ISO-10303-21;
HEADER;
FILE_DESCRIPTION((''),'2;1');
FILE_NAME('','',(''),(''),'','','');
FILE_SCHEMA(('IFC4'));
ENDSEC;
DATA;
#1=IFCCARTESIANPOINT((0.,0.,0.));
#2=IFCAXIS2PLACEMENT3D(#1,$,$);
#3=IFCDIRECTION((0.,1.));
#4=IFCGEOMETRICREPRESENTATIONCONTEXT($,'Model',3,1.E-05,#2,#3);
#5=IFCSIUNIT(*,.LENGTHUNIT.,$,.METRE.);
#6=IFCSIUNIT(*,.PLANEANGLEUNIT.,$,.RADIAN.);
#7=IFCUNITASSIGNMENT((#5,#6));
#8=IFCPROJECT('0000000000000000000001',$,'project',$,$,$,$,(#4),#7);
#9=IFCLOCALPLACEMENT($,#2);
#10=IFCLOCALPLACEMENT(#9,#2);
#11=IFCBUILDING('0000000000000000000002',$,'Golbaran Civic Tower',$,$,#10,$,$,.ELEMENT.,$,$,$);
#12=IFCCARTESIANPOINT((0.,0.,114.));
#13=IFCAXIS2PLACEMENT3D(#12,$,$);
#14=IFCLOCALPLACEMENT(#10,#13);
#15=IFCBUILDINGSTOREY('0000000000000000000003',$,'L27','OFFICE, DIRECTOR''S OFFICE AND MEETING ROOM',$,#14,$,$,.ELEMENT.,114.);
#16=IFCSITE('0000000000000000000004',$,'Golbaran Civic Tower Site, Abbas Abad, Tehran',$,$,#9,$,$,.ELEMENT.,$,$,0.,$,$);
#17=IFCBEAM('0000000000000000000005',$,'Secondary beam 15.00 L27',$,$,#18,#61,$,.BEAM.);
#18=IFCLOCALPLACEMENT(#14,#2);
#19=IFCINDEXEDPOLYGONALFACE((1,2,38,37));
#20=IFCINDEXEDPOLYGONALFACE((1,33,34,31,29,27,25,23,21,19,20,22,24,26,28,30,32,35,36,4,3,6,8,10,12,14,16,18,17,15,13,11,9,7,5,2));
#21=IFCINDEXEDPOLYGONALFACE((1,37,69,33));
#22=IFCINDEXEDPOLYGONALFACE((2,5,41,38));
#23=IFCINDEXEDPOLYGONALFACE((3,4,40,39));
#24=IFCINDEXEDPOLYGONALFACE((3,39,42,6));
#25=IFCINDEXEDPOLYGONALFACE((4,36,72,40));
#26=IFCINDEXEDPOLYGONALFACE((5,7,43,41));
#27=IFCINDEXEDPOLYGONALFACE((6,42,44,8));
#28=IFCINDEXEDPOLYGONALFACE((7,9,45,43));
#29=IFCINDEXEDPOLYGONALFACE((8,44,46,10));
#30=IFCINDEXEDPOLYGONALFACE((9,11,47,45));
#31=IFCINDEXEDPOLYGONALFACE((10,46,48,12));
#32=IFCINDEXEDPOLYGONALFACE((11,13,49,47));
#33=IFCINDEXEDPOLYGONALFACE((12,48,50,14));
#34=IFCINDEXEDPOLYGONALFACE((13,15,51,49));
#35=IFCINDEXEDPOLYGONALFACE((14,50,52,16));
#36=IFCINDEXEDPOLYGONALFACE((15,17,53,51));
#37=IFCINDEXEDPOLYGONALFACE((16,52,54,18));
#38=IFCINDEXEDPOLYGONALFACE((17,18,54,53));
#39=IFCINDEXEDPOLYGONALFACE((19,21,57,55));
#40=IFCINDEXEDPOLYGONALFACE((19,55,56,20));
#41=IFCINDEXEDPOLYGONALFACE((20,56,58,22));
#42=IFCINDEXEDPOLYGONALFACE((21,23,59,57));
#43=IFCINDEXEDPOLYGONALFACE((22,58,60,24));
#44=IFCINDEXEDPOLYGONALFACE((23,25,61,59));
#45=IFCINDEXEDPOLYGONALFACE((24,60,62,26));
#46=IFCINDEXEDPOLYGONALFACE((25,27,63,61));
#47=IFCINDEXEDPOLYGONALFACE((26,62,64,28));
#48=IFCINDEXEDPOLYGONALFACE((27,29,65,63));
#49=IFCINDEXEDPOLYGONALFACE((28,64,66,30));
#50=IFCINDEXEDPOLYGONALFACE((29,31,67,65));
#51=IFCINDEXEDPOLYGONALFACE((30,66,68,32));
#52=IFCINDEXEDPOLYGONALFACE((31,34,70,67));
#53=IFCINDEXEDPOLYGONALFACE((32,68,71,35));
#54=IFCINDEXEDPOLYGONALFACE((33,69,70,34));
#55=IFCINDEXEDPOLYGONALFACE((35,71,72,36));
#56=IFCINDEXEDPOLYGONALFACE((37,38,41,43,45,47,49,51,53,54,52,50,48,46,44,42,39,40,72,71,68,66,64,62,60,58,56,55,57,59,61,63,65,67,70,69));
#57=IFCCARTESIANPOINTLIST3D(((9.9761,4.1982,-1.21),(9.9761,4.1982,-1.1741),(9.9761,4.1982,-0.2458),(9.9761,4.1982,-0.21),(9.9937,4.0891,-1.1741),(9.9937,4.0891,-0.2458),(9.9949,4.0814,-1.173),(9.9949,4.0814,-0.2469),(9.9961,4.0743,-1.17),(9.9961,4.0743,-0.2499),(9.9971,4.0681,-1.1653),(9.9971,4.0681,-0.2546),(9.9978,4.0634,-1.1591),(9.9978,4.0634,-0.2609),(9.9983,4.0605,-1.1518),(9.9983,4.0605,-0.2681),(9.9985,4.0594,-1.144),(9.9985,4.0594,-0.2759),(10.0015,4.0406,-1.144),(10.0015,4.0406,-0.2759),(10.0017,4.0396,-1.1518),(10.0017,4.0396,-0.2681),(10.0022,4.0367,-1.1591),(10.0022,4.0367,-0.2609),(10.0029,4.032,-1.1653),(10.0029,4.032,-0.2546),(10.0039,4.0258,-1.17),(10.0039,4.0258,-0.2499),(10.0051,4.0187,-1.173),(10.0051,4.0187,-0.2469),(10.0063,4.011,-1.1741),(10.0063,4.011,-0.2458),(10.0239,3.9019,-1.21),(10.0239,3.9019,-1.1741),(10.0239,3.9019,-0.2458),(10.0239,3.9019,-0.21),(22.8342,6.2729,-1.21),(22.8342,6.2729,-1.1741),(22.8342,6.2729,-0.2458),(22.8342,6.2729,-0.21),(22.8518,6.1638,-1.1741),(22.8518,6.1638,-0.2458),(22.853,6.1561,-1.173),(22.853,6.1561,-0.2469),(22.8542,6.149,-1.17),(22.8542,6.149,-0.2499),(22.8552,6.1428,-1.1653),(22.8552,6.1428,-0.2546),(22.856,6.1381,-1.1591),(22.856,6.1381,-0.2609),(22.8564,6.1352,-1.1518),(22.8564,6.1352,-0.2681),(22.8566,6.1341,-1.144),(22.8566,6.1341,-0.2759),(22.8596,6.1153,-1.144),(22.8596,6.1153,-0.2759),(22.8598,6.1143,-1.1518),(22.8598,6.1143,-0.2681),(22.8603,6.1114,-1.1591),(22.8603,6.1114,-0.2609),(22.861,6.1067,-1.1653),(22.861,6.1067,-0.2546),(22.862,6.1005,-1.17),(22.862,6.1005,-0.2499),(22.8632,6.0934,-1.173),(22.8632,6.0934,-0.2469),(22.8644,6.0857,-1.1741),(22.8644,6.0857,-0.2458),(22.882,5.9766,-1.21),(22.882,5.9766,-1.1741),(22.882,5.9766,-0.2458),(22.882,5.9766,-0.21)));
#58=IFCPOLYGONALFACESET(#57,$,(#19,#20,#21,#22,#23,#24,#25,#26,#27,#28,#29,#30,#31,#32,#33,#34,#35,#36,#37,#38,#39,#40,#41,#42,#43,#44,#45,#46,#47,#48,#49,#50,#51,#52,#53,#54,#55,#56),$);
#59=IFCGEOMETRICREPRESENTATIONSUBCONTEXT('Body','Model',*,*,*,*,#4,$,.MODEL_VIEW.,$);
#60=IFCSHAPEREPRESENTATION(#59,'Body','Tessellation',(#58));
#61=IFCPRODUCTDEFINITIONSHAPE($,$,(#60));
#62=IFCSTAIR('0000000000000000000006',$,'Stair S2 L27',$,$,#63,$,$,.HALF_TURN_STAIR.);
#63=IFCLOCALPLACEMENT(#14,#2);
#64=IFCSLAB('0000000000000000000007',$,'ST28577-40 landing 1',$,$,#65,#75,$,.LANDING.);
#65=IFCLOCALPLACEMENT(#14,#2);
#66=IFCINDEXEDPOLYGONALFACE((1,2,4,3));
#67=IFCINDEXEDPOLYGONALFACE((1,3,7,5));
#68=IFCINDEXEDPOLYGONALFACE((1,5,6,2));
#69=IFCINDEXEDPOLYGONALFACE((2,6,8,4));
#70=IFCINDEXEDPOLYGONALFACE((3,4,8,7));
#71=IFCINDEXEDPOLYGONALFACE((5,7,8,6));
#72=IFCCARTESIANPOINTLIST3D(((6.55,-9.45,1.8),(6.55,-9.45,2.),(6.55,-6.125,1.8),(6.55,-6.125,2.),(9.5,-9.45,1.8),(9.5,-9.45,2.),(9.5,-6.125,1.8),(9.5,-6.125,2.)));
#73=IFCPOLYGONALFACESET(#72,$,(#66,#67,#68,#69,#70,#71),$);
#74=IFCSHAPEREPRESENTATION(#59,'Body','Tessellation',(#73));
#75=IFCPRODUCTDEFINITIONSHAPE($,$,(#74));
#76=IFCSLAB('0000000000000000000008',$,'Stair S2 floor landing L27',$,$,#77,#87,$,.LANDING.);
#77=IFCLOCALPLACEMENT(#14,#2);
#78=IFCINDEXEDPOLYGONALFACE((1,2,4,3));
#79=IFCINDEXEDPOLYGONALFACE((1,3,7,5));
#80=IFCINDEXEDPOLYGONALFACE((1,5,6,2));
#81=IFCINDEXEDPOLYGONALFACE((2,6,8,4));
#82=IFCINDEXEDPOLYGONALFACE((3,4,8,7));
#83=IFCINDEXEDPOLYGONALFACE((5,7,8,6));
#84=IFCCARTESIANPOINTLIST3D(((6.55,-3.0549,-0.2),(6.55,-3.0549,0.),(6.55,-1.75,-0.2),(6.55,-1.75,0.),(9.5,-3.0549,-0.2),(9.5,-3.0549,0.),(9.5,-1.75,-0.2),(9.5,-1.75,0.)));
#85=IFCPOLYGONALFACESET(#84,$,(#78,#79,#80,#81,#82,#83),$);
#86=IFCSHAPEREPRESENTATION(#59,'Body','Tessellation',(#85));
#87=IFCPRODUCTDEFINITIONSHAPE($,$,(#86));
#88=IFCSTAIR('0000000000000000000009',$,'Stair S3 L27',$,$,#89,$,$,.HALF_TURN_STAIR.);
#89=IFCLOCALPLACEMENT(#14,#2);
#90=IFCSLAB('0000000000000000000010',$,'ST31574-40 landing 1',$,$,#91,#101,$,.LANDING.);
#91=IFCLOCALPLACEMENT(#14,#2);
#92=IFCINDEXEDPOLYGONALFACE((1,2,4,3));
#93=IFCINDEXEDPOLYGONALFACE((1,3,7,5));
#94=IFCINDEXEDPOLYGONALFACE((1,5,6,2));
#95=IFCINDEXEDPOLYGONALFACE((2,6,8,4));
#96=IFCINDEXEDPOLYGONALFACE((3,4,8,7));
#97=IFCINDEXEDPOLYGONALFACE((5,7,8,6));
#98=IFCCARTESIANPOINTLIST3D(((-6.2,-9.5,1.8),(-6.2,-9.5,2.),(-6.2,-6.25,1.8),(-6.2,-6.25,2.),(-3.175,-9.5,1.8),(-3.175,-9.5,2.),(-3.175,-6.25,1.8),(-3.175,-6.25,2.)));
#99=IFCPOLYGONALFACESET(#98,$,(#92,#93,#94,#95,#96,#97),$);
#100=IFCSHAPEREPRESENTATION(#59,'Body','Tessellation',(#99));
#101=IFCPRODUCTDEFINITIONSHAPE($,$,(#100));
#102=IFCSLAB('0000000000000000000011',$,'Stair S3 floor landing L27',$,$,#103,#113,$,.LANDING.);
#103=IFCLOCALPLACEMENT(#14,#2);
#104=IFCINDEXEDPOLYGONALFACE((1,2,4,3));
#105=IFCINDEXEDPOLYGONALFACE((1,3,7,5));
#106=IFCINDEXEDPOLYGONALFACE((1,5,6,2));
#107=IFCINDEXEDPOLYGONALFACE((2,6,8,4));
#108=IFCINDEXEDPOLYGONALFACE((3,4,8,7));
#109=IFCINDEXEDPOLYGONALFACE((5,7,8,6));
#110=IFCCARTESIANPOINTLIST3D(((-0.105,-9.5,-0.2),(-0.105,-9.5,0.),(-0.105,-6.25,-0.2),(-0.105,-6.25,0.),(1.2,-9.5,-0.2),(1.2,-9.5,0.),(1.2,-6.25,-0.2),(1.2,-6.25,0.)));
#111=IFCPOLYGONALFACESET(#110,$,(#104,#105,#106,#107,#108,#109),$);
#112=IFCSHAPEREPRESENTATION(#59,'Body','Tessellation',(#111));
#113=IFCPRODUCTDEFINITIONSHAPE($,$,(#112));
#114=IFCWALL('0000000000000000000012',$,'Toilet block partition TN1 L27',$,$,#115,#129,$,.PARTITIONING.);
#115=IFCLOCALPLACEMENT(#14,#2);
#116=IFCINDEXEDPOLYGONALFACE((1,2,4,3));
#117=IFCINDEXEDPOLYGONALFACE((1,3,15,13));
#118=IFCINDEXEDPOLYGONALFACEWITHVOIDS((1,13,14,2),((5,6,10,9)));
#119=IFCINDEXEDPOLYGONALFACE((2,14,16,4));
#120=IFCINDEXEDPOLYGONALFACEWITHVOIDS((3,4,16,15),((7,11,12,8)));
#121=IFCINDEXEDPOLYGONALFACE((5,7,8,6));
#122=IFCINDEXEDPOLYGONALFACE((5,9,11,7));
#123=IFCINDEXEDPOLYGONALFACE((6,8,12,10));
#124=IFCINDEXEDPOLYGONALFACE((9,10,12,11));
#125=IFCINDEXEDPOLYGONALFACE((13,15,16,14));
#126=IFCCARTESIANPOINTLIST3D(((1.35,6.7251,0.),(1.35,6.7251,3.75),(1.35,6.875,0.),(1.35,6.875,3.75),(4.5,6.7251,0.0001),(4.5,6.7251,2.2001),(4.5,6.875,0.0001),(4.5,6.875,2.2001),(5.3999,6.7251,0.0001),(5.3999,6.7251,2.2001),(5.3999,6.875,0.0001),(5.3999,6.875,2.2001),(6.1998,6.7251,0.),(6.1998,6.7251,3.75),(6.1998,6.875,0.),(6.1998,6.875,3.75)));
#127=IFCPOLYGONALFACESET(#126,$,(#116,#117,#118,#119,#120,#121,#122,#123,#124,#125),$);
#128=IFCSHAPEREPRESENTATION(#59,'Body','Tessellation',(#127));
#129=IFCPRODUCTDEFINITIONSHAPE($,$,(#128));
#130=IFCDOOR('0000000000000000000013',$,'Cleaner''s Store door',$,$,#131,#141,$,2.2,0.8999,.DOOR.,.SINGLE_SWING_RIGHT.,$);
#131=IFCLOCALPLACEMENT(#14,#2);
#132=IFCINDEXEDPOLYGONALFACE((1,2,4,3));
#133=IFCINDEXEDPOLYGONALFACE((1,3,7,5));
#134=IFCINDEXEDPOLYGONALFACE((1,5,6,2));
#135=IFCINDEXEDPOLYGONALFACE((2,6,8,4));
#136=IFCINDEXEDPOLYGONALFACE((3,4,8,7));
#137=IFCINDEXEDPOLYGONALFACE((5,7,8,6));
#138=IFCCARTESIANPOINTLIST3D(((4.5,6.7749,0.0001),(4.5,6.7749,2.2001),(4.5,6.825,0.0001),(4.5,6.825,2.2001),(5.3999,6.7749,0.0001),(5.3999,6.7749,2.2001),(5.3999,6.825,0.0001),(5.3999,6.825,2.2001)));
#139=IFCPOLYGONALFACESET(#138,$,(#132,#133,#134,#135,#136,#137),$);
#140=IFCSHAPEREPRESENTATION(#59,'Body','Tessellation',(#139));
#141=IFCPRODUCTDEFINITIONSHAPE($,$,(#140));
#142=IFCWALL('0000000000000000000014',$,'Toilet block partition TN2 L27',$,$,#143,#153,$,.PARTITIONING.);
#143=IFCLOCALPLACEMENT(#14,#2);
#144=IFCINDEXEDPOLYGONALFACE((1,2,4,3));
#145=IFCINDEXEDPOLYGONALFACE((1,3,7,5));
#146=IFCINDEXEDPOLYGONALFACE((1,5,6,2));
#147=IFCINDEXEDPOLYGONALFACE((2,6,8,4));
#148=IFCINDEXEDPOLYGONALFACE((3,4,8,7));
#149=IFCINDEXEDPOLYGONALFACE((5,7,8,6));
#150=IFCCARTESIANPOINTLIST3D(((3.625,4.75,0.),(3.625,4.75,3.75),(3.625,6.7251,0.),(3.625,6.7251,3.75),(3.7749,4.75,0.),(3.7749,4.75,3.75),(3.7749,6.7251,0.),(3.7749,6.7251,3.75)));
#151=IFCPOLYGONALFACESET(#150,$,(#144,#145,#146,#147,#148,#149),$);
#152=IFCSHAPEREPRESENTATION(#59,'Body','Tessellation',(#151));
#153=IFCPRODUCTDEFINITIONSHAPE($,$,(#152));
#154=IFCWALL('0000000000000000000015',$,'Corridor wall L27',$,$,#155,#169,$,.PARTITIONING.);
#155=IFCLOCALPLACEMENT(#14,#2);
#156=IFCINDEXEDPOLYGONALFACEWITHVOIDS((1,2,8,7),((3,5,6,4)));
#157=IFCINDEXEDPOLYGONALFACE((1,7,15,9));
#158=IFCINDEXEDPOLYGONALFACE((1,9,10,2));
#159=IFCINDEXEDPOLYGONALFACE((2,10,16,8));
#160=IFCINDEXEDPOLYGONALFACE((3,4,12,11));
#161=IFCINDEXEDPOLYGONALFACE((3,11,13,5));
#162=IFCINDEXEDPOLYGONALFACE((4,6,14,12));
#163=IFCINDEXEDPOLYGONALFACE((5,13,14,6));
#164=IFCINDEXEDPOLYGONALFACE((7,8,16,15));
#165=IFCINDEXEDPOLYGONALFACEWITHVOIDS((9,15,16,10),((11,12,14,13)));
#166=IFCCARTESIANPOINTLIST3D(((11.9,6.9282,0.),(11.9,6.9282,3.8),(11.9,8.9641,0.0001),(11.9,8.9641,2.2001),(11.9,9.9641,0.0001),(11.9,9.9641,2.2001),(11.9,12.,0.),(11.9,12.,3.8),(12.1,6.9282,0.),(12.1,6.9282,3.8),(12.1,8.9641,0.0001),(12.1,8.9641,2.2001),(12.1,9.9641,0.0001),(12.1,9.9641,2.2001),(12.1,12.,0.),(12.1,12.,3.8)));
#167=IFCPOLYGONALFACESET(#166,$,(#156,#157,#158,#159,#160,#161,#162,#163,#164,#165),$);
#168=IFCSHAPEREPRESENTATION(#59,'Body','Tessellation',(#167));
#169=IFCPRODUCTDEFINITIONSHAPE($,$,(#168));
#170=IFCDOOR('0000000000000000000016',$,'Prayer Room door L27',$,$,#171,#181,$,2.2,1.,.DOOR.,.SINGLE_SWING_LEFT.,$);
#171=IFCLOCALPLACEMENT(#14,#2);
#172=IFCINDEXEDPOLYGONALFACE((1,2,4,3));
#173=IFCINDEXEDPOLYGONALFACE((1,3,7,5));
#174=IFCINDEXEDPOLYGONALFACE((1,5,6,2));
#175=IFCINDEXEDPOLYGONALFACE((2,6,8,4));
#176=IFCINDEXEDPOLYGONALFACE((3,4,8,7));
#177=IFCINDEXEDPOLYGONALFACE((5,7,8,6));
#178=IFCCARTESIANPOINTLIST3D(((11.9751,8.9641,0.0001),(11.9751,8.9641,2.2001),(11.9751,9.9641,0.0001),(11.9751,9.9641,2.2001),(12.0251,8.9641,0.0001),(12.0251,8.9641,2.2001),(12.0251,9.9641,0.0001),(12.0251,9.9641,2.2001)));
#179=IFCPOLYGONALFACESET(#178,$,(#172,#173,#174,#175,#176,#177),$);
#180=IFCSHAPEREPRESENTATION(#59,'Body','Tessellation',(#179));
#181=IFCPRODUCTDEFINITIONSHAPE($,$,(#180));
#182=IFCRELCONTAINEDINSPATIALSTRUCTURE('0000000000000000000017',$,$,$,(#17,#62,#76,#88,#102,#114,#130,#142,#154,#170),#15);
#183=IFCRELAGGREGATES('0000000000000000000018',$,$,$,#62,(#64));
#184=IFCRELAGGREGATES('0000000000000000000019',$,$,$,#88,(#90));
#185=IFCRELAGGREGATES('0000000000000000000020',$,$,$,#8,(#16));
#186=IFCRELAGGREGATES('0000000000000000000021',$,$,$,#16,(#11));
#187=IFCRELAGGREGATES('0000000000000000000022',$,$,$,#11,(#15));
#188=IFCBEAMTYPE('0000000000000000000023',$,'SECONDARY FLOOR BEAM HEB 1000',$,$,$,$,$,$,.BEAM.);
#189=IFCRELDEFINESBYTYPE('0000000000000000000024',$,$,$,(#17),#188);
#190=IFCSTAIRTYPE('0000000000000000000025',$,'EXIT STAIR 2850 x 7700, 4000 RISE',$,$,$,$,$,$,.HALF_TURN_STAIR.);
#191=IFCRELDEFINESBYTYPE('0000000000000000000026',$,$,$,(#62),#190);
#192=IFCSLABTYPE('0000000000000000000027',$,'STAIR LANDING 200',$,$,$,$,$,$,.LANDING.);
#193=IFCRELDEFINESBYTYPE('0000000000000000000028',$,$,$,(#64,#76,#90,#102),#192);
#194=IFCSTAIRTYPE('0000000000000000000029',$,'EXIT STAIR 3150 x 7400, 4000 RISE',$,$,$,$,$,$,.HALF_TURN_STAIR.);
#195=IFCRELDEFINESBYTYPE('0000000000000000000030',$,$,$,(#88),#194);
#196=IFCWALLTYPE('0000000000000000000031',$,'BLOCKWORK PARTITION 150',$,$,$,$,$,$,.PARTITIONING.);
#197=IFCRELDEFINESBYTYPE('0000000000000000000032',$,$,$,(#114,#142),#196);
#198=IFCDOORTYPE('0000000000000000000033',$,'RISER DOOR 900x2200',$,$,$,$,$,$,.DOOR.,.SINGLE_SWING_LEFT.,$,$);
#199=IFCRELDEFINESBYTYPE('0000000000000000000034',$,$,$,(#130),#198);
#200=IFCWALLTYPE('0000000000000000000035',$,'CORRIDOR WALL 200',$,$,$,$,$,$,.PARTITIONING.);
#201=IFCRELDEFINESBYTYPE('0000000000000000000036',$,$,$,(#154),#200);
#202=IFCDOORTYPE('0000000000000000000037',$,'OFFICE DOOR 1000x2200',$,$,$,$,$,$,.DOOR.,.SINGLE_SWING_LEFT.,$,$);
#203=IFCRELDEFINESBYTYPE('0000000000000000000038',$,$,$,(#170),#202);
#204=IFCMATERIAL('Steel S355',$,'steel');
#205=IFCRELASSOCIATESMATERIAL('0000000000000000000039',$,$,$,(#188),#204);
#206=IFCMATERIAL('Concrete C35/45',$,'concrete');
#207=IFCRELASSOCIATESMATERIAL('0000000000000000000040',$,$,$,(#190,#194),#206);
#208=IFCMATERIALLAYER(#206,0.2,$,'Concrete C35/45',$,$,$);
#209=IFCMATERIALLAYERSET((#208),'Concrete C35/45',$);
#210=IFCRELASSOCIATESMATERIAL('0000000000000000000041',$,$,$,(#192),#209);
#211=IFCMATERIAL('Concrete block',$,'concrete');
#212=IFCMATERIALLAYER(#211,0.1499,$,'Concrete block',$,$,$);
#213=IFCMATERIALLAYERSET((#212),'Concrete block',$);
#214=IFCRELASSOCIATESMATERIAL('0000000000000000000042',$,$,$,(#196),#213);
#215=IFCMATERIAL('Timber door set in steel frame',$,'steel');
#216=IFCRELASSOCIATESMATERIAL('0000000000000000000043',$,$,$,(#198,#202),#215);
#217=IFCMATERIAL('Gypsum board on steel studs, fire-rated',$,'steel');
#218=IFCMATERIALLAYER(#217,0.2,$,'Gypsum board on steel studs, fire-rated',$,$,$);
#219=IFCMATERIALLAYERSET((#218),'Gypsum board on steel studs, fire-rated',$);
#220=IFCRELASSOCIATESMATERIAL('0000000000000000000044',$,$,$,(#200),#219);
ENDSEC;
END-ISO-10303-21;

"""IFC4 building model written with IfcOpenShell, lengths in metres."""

from ifc_helpers import new_model, si_unit, direction, frame, frame_2d, origin, origin_2d, place, context, subcontext, project, spatial, polyline, rectangle, i_section, outline, extrude, material, layer, layer_set, material_profile, profile_set, type_object, element, fill, aggregate, save


model = new_model("IFC4")

# Units and contexts
model_context = context("Model", 3, precision=1e-05, world=origin(), true_north=direction((0.0, 1.0)))
body_context = subcontext(model_context, "Body", "Model", "MODEL_VIEW")
ifc_project = project(units=[si_unit("LENGTHUNIT", "METRE"), si_unit("PLANEANGLEUNIT", "RADIAN")], contexts=[model_context])

# Site, building, storey
site_placement = place(None, origin())
site = spatial("IfcSite", under=ifc_project, at=site_placement, Name="Golbaran Civic Tower Site, Abbas Abad, Tehran", CompositionType="ELEMENT", RefElevation=0.0)
building_placement = place(site_placement, origin())
building = spatial("IfcBuilding", under=site, at=building_placement, Name="Golbaran Civic Tower", CompositionType="ELEMENT")
storey_placement = place(building_placement, frame((0.0, 0.0, 114.0)))
storey = spatial("IfcBuildingStorey", under=building, at=storey_placement, Name="L27", Description="OFFICE, DIRECTOR'S OFFICE AND MEETING ROOM", CompositionType="ELEMENT", Elevation=114.0)

# Beam
ifc_material_1 = material(Name="Steel S355", Category="steel")
ifc_material_profile_1 = material_profile(ifc_material_1, i_section(OverallWidth=0.3, OverallDepth=1.0, WebThickness=0.019, FlangeThickness=0.0359, FilletRadius=0.03, at=origin_2d()), Name="HEB 1000")
ifc_profile_set_1 = profile_set([ifc_material_profile_1], Name="Steel S355")
beam_type_1 = type_object("IfcBeamType", Name="SECONDARY FLOOR BEAM HEB 1000", PredefinedType="BEAM", material=ifc_profile_set_1)
beam_1_placement = place(storey_placement, frame((10.0, 4.05, -0.71), z_axis=(0.987231, 0.159293, 0.0), x_axis=(-0.159293, 0.987231, 0.0)))
element("IfcBeam", 1, at=beam_1_placement, inside=storey, type_object=beam_type_1, Name="Secondary beam 15.00 L27", PredefinedType="BEAM", context=body_context, shape_type="SweptSolid", body=[
    extrude(i_section(OverallWidth=0.3, OverallDepth=1.0, WebThickness=0.019, FlangeThickness=0.0359, FilletRadius=0.03, at=origin_2d()), origin(), (0.0, 0.0, 1.0), 13.0244),
])

# Stair, slab
ifc_material_2 = material(Name="Concrete C35/45", Category="concrete")
stair_type_1 = type_object("IfcStairType", Name="EXIT STAIR 2850 x 7700, 4000 RISE", PredefinedType="HALF_TURN_STAIR", material=ifc_material_2)
stair_1_placement = place(storey_placement, origin())
stair_1 = element("IfcStair", 2, at=stair_1_placement, inside=storey, type_object=stair_type_1, Name="Stair S2 L27", PredefinedType="HALF_TURN_STAIR")
ifc_layer_1 = layer(ifc_material_2, 0.2, Name="Concrete C35/45")
ifc_layer_set_1 = layer_set([ifc_layer_1], Name="Concrete C35/45")
slab_type = type_object("IfcSlabType", Name="STAIR LANDING 200", PredefinedType="LANDING", material=ifc_layer_set_1)
slab_1_placement = place(storey_placement, frame((0.0, 0.0, 1.8)))
slab_1 = element("IfcSlab", 3, at=slab_1_placement, type_object=slab_type, Name="ST28577-40 landing 1", PredefinedType="LANDING", context=body_context, shape_type="SweptSolid", body=[
    extrude(outline(polyline([(9.5, -6.125), (9.5, -9.45), (6.55, -9.45), (6.55, -6.125), (9.5, -6.125)])), origin(), (0.0, 0.0, 1.0), 0.2),
])
aggregate(stair_1, [slab_1])

# Slab
slab_2_placement = place(storey_placement, frame((0.0, 0.0, -0.2)))
element("IfcSlab", 4, at=slab_2_placement, inside=storey, type_object=slab_type, Name="Stair S2 floor landing L27", PredefinedType="LANDING", context=body_context, shape_type="SweptSolid", body=[
    extrude(outline(polyline([(9.5, -1.75), (9.5, -3.0549), (6.55, -3.0549), (6.55, -1.75), (9.5, -1.75)])), origin(), (0.0, 0.0, 1.0), 0.2),
])

# Stair, slab
stair_type_2 = type_object("IfcStairType", Name="EXIT STAIR 3150 x 7400, 4000 RISE", PredefinedType="HALF_TURN_STAIR", material=ifc_material_2)
stair_2_placement = place(storey_placement, origin())
stair_2 = element("IfcStair", 5, at=stair_2_placement, inside=storey, type_object=stair_type_2, Name="Stair S3 L27", PredefinedType="HALF_TURN_STAIR")
slab_3_placement = place(storey_placement, frame((0.0, 0.0, 1.8)))
slab_3 = element("IfcSlab", 6, at=slab_3_placement, type_object=slab_type, Name="ST31574-40 landing 1", PredefinedType="LANDING", context=body_context, shape_type="SweptSolid", body=[
    extrude(outline(polyline([(-3.175, -9.5), (-6.2, -9.5), (-6.2, -6.25), (-3.175, -6.25), (-3.175, -9.5)])), origin(), (0.0, 0.0, 1.0), 0.2),
])
aggregate(stair_2, [slab_3])

# Slab
slab_4_placement = place(storey_placement, frame((0.0, 0.0, -0.2)))
element("IfcSlab", 7, at=slab_4_placement, inside=storey, type_object=slab_type, Name="Stair S3 floor landing L27", PredefinedType="LANDING", context=body_context, shape_type="SweptSolid", body=[
    extrude(outline(polyline([(1.2, -9.5), (-0.105, -9.5), (-0.105, -6.25), (1.2, -6.25), (1.2, -9.5)])), origin(), (0.0, 0.0, 1.0), 0.2),
])

# Wall, opening, door
ifc_material_3 = material(Name="Concrete block", Category="concrete")
ifc_layer_2 = layer(ifc_material_3, 0.1499, Name="Concrete block")
ifc_layer_set_2 = layer_set([ifc_layer_2], Name="Concrete block")
wall_type_1 = type_object("IfcWallType", Name="BLOCKWORK PARTITION 150", PredefinedType="PARTITIONING", material=ifc_layer_set_2)
wall_1_placement = place(storey_placement, frame((1.3501, 6.8, 0.0), z_axis=(0.0, 0.0, 1.0), x_axis=(1.0, 0.0, 0.0)))
wall_1 = element("IfcWall", 8, at=wall_1_placement, inside=storey, type_object=wall_type_1, Name="Toilet block partition TN1 L27", PredefinedType="PARTITIONING", context=body_context, shape_type="SweptSolid", body=[
    extrude(rectangle(XDim=4.8499, YDim=0.1499, at=frame_2d((2.4248, 0.0))), origin(), (0.0, 0.0, 1.0), 3.75),
])
opening_1_placement = place(wall_1_placement, frame((3.1499, 0.0, 0.0)))
opening_1 = element("IfcOpeningElement", 9, at=opening_1_placement, cuts=wall_1, PredefinedType="OPENING", context=body_context, shape_type="SweptSolid", body=[
    extrude(rectangle(XDim=0.8999, YDim=2.2, at=frame_2d((0.45, 1.1001))), frame((0.0, 0.085, 0.0), z_axis=(0.0, -1.0, 0.0), x_axis=(1.0, 0.0, 0.0)), (0.0, 0.0, 1.0), 0.1699),
])
ifc_material_4 = material(Name="Timber door set in steel frame", Category="steel")
door_type_1 = type_object("IfcDoorType", Name="RISER DOOR 900x2200", OperationType="SINGLE_SWING_LEFT", PredefinedType="DOOR", material=ifc_material_4)
door_1_placement = place(opening_1_placement, origin())
door_1 = element("IfcDoor", 10, at=door_1_placement, inside=storey, type_object=door_type_1, Name="Cleaner's Store door", OperationType="SINGLE_SWING_RIGHT", OverallHeight=2.2, OverallWidth=0.8999, PredefinedType="DOOR", context=body_context, shape_type="SweptSolid", body=[
    extrude(rectangle(XDim=0.8999, YDim=2.2, at=frame_2d((0.45, 1.1001))), frame((0.0, 0.0249, 0.0), z_axis=(0.0, -1.0, 0.0), x_axis=(1.0, 0.0, 0.0)), (0.0, 0.0, 1.0), 0.05),
])
fill(opening_1, door_1)

# Wall
wall_2_placement = place(storey_placement, frame((3.7, 4.75, 0.0), z_axis=(0.0, 0.0, 1.0), x_axis=(0.0, 1.0, 0.0)))
element("IfcWall", 11, at=wall_2_placement, inside=storey, type_object=wall_type_1, Name="Toilet block partition TN2 L27", PredefinedType="PARTITIONING", context=body_context, shape_type="SweptSolid", body=[
    extrude(rectangle(XDim=1.9751, YDim=0.1499, at=frame_2d((0.9875, 0.0))), origin(), (0.0, 0.0, 1.0), 3.75),
])

# Wall, opening, door
ifc_material_5 = material(Name="Gypsum board on steel studs, fire-rated", Category="steel")
ifc_layer_3 = layer(ifc_material_5, 0.2, Name="Gypsum board on steel studs, fire-rated")
ifc_layer_set_3 = layer_set([ifc_layer_3], Name="Gypsum board on steel studs, fire-rated")
wall_type_2 = type_object("IfcWallType", Name="CORRIDOR WALL 200", PredefinedType="PARTITIONING", material=ifc_layer_set_3)
wall_3_placement = place(storey_placement, frame((12.0, 6.9282, 0.0), z_axis=(0.0, 0.0, 1.0), x_axis=(0.0, 1.0, 0.0)))
wall_3 = element("IfcWall", 12, at=wall_3_placement, inside=storey, type_object=wall_type_2, Name="Corridor wall L27", PredefinedType="PARTITIONING", context=body_context, shape_type="SweptSolid", body=[
    extrude(rectangle(XDim=5.0718, YDim=0.2, at=frame_2d((2.5359, 0.0))), origin(), (0.0, 0.0, 1.0), 3.8),
])
opening_2_placement = place(wall_3_placement, frame((2.0359, 0.0, 0.0)))
opening_2 = element("IfcOpeningElement", 13, at=opening_2_placement, cuts=wall_3, PredefinedType="OPENING", context=body_context, shape_type="SweptSolid", body=[
    extrude(rectangle(XDim=1.0, YDim=2.2, at=frame_2d((0.5, 1.1001))), frame((0.0, 0.1099, 0.0), z_axis=(0.0, -1.0, 0.0), x_axis=(1.0, 0.0, 0.0)), (0.0, 0.0, 1.0), 0.22),
])
door_type_2 = type_object("IfcDoorType", Name="OFFICE DOOR 1000x2200", OperationType="SINGLE_SWING_LEFT", PredefinedType="DOOR", material=ifc_material_4)
door_2_placement = place(opening_2_placement, origin())
door_2 = element("IfcDoor", 14, at=door_2_placement, inside=storey, type_object=door_type_2, Name="Prayer Room door L27", OperationType="SINGLE_SWING_LEFT", OverallHeight=2.2, OverallWidth=1.0, PredefinedType="DOOR", context=body_context, shape_type="SweptSolid", body=[
    extrude(rectangle(XDim=1.0, YDim=2.2, at=frame_2d((0.5, 1.1001))), frame((0.0, 0.0249, 0.0), z_axis=(0.0, -1.0, 0.0), x_axis=(1.0, 0.0, 0.0)), (0.0, 0.0, 1.0), 0.05),
])
fill(opening_2, door_2)

save(model, "model.ifc")
